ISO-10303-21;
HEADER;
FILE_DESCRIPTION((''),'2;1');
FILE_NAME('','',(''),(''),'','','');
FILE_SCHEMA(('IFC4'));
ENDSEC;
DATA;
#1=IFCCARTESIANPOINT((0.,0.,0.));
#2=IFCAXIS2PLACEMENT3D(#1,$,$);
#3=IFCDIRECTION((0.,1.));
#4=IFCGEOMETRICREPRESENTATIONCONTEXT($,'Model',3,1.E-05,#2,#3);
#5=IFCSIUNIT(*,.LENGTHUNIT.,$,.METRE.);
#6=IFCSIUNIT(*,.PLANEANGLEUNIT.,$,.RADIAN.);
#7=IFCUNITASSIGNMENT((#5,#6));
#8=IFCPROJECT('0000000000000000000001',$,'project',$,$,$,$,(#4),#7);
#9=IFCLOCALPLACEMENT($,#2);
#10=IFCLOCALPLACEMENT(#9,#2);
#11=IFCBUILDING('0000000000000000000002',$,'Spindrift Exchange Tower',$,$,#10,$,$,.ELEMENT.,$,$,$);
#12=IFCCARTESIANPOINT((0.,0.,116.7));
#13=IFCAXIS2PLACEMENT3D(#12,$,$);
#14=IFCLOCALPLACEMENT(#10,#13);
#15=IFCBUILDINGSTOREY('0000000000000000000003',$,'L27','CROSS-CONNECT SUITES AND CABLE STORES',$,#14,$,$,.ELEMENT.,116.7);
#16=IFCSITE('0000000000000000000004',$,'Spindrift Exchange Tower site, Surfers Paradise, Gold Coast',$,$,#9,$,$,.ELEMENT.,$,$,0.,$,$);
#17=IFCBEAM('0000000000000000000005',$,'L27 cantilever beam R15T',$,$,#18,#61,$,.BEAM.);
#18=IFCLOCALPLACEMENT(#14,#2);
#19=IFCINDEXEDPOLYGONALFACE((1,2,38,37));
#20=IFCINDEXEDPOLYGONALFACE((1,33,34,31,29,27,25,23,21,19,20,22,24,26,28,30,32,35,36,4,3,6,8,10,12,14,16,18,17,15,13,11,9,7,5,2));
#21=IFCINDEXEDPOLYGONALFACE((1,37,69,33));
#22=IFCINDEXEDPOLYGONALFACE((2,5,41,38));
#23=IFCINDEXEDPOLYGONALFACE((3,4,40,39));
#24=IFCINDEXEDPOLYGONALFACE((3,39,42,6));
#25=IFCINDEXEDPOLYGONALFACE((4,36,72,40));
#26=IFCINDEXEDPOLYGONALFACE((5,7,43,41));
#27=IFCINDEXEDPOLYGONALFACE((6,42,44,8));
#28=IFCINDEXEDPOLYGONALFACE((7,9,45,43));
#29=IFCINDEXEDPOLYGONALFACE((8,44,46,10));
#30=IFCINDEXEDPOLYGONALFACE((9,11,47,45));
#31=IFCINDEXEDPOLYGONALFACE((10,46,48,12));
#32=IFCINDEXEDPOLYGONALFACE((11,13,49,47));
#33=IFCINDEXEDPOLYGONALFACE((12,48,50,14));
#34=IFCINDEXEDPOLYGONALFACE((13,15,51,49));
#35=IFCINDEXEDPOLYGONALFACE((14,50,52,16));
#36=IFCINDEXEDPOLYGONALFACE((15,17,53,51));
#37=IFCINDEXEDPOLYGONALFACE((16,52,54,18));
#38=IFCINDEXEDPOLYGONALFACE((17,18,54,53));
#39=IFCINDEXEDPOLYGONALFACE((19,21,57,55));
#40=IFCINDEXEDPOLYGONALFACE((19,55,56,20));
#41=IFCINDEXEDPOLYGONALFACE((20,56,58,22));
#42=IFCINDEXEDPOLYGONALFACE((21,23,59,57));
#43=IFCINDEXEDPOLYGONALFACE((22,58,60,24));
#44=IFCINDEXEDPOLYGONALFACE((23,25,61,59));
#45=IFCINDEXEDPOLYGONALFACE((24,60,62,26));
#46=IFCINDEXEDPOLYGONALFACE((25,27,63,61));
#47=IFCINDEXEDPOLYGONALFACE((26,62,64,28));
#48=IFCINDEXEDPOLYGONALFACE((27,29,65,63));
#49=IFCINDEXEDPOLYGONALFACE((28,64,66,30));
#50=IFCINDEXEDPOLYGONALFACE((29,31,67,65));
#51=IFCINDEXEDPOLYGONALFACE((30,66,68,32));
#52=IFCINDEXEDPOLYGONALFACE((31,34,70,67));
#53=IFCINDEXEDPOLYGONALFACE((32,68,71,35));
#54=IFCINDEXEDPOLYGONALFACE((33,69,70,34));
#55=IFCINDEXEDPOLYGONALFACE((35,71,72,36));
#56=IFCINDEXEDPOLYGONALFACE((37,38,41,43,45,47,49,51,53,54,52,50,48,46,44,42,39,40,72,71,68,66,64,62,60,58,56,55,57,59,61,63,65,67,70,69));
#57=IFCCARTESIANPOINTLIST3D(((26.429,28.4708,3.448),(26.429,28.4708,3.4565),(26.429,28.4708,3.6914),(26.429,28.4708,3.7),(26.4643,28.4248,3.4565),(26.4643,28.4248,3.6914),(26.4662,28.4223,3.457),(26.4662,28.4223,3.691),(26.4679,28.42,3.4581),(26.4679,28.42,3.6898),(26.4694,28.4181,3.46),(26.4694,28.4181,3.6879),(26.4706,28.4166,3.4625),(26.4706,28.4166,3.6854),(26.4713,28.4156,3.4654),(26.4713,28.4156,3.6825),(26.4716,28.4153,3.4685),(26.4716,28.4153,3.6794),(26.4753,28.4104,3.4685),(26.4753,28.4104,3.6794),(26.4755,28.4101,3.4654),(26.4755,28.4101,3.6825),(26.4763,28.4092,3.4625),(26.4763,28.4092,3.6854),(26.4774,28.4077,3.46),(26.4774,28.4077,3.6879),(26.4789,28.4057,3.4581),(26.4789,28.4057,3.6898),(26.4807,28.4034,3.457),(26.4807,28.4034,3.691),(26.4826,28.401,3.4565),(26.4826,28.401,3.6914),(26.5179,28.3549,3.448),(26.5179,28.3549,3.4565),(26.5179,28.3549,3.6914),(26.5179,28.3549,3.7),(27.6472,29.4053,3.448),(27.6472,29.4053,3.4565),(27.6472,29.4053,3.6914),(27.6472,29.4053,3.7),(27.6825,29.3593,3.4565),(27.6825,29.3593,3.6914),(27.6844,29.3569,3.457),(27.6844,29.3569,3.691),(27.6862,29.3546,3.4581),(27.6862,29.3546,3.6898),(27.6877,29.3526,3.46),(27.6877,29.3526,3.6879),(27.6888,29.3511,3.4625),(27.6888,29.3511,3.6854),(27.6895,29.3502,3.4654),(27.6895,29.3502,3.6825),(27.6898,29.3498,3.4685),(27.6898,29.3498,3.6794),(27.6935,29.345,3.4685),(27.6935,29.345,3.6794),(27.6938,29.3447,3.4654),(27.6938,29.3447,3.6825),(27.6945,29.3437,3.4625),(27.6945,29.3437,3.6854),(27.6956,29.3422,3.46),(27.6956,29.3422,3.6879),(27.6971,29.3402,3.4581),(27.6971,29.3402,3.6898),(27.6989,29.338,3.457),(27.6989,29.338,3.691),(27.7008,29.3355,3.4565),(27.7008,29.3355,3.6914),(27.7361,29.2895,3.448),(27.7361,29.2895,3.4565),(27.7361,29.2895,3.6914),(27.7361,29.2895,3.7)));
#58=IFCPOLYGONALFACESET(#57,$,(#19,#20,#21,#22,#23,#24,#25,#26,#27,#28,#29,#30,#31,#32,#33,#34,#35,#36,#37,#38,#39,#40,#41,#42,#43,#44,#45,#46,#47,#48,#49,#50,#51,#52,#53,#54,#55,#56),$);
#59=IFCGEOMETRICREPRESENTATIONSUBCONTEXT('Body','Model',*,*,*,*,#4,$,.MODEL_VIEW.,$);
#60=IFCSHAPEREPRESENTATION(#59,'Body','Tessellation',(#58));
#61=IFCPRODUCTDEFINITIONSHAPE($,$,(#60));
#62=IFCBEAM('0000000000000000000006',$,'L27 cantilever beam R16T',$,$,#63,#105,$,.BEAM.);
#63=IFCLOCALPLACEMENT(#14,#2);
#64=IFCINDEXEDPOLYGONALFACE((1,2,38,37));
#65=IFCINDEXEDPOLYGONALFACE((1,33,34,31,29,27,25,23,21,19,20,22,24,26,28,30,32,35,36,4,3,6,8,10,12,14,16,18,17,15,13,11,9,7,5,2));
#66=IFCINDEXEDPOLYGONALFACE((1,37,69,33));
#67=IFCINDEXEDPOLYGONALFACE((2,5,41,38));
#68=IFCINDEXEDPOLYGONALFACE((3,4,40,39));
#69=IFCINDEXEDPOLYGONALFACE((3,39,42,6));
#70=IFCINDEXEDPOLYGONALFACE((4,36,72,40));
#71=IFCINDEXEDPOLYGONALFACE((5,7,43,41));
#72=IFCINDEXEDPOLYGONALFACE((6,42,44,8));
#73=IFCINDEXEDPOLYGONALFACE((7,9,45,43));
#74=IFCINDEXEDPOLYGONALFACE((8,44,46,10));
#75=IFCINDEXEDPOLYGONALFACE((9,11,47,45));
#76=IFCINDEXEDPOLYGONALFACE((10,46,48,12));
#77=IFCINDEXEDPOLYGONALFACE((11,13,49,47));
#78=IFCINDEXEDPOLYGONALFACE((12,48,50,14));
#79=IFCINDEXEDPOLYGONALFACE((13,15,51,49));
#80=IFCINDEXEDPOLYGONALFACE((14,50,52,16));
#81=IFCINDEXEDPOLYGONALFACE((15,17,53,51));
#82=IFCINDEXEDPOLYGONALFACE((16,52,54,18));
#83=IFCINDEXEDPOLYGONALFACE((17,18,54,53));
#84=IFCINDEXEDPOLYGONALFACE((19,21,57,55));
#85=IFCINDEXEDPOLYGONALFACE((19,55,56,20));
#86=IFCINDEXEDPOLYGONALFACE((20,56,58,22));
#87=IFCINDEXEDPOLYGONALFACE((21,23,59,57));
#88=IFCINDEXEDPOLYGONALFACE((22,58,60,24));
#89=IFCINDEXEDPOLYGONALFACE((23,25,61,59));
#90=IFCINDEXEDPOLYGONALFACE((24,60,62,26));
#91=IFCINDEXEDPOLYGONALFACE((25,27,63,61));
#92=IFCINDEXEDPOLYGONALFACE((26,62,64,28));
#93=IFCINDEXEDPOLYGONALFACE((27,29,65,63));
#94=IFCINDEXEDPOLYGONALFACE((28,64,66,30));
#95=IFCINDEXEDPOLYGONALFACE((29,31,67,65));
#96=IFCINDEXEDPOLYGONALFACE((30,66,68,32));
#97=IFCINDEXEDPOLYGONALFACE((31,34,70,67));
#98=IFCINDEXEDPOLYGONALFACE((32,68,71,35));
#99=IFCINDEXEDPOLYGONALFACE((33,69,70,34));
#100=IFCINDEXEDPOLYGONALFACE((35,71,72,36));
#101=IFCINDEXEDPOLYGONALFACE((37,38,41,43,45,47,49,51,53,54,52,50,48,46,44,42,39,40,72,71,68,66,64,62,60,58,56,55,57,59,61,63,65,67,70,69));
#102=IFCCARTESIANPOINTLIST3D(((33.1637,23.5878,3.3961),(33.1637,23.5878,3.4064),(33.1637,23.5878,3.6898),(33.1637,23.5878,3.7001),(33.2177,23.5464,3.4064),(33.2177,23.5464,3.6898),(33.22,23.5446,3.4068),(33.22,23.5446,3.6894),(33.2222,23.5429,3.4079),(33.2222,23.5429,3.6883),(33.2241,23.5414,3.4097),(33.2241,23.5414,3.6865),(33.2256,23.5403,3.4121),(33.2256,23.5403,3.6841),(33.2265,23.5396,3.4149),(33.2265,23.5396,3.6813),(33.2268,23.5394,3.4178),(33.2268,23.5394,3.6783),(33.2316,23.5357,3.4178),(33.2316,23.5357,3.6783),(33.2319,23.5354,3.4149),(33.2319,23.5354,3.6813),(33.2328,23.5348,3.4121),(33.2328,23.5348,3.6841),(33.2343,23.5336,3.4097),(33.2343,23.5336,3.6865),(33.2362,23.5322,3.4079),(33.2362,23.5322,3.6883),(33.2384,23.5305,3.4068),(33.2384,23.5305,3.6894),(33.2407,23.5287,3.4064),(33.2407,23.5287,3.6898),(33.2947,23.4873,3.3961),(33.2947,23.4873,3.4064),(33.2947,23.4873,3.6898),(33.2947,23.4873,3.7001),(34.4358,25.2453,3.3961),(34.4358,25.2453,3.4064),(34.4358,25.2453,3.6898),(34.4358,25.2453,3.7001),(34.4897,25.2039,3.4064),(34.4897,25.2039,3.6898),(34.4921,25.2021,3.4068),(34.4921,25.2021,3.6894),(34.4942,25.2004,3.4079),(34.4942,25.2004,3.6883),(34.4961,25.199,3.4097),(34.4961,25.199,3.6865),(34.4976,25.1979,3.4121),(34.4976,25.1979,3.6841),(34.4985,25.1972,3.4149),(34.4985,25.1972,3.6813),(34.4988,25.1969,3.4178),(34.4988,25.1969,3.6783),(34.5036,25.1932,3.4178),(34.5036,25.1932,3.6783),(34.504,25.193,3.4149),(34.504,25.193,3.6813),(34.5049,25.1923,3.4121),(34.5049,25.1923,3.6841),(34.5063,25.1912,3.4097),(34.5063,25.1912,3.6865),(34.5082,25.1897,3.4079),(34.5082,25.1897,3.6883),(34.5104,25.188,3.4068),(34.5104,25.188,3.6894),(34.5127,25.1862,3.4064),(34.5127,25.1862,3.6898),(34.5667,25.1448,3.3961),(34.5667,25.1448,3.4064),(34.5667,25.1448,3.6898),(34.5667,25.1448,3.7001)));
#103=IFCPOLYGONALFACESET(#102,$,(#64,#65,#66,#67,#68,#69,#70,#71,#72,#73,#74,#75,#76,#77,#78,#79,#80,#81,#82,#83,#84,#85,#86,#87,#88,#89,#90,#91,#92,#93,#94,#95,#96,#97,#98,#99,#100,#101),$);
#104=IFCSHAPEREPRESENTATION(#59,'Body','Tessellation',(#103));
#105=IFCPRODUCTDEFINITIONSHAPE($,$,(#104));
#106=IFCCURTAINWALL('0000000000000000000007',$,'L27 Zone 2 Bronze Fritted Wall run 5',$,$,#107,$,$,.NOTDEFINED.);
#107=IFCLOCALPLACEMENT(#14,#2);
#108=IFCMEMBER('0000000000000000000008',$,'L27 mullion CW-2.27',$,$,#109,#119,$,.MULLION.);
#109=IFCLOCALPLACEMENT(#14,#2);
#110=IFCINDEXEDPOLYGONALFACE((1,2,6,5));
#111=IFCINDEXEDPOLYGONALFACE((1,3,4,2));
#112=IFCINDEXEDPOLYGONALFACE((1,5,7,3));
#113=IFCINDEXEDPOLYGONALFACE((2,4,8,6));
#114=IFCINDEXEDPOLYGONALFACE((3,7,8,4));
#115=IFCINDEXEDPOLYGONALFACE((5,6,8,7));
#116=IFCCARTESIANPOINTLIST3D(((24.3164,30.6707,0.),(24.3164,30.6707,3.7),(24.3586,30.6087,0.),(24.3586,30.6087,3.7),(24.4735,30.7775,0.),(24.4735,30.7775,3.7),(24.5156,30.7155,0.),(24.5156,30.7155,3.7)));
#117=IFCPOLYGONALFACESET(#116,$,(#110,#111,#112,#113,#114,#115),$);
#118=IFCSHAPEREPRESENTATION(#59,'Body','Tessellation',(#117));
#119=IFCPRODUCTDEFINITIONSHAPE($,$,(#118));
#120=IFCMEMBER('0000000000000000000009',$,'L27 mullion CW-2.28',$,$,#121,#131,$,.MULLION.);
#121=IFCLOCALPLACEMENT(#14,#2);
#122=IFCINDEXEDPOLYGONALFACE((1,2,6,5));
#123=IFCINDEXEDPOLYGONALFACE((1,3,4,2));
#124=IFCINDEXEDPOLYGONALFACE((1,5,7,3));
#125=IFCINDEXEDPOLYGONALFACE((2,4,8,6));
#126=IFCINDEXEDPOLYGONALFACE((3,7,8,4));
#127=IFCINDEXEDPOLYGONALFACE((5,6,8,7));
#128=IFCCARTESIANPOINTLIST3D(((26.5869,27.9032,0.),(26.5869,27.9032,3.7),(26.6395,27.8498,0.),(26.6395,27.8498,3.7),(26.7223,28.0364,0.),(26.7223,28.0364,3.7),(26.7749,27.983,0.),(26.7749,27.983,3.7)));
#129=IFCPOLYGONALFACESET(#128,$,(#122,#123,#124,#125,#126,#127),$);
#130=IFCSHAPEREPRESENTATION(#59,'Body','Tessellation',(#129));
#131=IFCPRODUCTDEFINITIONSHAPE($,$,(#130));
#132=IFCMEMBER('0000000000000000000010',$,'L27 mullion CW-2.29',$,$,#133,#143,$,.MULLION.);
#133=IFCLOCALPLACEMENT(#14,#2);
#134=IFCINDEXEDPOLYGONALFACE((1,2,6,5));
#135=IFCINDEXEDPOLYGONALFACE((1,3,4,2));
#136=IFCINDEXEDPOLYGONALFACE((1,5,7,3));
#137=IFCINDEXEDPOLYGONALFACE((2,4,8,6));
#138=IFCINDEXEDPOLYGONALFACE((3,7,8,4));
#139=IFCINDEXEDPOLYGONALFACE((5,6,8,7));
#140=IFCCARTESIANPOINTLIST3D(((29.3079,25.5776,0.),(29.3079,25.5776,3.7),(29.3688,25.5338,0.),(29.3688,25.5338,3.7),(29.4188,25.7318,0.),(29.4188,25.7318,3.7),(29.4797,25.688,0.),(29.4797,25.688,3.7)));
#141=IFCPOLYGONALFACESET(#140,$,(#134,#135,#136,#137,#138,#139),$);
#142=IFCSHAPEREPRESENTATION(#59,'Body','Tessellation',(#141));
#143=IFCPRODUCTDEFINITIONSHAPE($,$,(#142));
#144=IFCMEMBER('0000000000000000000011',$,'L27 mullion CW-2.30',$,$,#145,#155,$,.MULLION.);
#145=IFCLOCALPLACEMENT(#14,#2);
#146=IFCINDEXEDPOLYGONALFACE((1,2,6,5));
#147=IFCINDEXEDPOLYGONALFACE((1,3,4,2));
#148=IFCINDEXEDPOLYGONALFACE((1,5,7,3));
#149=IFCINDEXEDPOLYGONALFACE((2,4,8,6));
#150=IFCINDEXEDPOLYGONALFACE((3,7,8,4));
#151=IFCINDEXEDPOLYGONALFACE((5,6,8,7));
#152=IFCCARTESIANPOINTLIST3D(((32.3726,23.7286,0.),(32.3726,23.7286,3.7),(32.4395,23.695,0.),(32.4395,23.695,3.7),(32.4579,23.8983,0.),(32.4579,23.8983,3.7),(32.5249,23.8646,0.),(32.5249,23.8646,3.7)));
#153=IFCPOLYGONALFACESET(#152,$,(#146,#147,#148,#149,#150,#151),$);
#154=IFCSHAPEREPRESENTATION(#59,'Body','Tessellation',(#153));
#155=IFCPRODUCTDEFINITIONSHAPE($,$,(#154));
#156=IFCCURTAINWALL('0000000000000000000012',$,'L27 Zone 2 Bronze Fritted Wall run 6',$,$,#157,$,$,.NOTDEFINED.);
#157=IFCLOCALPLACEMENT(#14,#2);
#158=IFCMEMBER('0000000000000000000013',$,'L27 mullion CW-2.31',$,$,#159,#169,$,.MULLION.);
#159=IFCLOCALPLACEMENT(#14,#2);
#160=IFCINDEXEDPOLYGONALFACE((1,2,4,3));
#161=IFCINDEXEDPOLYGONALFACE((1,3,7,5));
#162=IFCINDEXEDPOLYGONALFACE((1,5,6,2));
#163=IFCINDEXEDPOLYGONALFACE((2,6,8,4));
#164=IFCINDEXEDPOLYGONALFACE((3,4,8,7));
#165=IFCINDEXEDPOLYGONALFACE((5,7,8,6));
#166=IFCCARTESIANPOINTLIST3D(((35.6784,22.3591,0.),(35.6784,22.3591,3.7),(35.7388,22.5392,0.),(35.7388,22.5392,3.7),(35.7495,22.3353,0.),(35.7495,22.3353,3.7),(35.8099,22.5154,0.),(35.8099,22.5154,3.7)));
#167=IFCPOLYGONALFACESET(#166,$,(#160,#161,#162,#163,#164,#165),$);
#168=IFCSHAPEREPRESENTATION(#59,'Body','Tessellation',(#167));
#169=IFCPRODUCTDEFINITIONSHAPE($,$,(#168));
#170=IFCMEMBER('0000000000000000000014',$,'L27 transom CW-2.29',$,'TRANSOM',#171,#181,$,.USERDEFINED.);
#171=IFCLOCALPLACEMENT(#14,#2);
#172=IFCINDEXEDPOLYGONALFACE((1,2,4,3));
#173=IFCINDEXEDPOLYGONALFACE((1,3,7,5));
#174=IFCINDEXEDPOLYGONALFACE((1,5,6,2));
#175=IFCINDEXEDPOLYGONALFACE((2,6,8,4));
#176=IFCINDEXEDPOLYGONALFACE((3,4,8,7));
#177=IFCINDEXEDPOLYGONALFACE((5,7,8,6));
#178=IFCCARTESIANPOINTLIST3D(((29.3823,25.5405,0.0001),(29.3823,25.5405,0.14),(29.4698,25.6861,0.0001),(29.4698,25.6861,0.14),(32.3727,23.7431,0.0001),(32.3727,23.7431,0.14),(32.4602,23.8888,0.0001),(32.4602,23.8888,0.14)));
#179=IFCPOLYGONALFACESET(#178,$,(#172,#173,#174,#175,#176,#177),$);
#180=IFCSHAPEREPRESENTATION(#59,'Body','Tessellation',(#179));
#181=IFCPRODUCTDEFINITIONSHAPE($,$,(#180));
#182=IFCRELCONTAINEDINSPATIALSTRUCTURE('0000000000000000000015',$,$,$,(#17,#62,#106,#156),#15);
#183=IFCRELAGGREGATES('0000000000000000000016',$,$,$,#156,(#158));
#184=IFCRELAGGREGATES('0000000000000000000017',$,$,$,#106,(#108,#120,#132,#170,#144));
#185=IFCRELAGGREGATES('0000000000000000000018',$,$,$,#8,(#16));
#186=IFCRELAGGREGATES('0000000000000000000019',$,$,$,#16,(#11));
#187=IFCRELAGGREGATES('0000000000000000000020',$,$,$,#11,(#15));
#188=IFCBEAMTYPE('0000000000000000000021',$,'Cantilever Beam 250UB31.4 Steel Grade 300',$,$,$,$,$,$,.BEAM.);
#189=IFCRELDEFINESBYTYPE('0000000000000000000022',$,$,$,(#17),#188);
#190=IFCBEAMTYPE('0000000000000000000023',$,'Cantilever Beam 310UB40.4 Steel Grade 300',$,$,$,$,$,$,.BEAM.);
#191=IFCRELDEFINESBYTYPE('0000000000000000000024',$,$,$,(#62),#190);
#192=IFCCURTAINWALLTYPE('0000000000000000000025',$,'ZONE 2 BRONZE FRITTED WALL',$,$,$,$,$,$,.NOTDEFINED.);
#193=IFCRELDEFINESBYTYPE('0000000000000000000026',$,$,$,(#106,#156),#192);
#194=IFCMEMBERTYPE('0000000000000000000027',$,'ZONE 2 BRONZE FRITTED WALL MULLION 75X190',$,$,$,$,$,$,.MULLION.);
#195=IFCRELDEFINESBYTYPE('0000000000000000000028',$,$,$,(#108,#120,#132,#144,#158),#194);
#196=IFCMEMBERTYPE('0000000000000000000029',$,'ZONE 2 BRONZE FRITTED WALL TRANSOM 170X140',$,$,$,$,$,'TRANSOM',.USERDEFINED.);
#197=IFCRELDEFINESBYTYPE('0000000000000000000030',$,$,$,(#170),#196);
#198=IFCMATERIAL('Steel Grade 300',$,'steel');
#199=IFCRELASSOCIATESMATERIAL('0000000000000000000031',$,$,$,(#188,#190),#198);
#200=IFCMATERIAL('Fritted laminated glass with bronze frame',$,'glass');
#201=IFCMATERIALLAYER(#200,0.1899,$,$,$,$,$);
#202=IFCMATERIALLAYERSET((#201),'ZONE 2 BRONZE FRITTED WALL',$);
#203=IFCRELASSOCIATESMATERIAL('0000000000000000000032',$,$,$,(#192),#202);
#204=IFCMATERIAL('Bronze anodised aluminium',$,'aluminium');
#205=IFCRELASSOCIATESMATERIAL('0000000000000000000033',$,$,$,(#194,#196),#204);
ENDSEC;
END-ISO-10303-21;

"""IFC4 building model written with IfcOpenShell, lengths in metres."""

from ifc_helpers import new_model, si_unit, direction, frame, origin, origin_2d, place, context, subcontext, project, spatial, rectangle, i_section, extrude, source, transform, mapped, material, layer, layer_set, material_profile, profile_set, type_object, element, aggregate, save


model = new_model("IFC4")

# Units and contexts
model_context = context("Model", 3, precision=1e-05, world=origin(), true_north=direction((0.0, 1.0)))
body_context = subcontext(model_context, "Body", "Model", "MODEL_VIEW")
ifc_project = project(units=[si_unit("LENGTHUNIT", "METRE"), si_unit("PLANEANGLEUNIT", "RADIAN")], contexts=[model_context])

# Site, building, storey
site_placement = place(None, origin())
site = spatial("IfcSite", under=ifc_project, at=site_placement, Name="Spindrift Exchange Tower site, Surfers Paradise, Gold Coast", CompositionType="ELEMENT", RefElevation=0.0)
building_placement = place(site_placement, origin())
building = spatial("IfcBuilding", under=site, at=building_placement, Name="Spindrift Exchange Tower", CompositionType="ELEMENT")
storey_placement = place(building_placement, frame((0.0, 0.0, 116.7)))
storey = spatial("IfcBuildingStorey", under=building, at=storey_placement, Name="L27", Description="CROSS-CONNECT SUITES AND CABLE STORES", CompositionType="ELEMENT", Elevation=116.7)

# Beams
ifc_material_1 = material(Name="Steel Grade 300", Category="steel")
ifc_material_profile_1 = material_profile(ifc_material_1, i_section(OverallWidth=0.146, OverallDepth=0.252, WebThickness=0.0061, FlangeThickness=0.0085, FilletRadius=0.012, at=origin_2d()), Name="250UB31.4")
ifc_profile_set_1 = profile_set([ifc_material_profile_1], Name="Steel Grade 300")
beam_type_1 = type_object("IfcBeamType", Name="Cantilever Beam 250UB31.4 Steel Grade 300", PredefinedType="BEAM", material=ifc_profile_set_1)
shared_shape_1 = source(origin(), body_context, "Body", "SweptSolid", [
    extrude(i_section(OverallWidth=0.146, OverallDepth=0.252, WebThickness=0.0061, FlangeThickness=0.0085, FilletRadius=0.012, at=origin_2d()), origin(), (0.0, 0.0, 1.0), 1.5354),
])
beam_1_placement = place(storey_placement, frame((27.6917, 29.3474, 3.574), z_axis=(-0.793427, -0.608665, 0.0), x_axis=(0.608665, -0.793427, 0.0)))
element("IfcBeam", 1, at=beam_1_placement, inside=storey, type_object=beam_type_1, Name="L27 cantilever beam R15T", PredefinedType="BEAM", context=body_context, shape_type="MappedRepresentation", body=[
    mapped(shared_shape_1, transform((0.0, 0.0, 0.0), scale=1.0)),
])
ifc_material_profile_2 = material_profile(ifc_material_1, i_section(OverallWidth=0.165, OverallDepth=0.304, WebThickness=0.0061, FlangeThickness=0.0103, FilletRadius=0.0115, at=origin_2d()), Name="310UB40.4")
ifc_profile_set_2 = profile_set([ifc_material_profile_2], Name="Steel Grade 300")
beam_type_2 = type_object("IfcBeamType", Name="Cantilever Beam 310UB40.4 Steel Grade 300", PredefinedType="BEAM", material=ifc_profile_set_2)
shared_shape_2 = source(origin(), body_context, "Body", "SweptSolid", [
    extrude(i_section(OverallWidth=0.165, OverallDepth=0.304, WebThickness=0.0061, FlangeThickness=0.0103, FilletRadius=0.0115, at=origin_2d()), origin(), (0.0, 0.0, 1.0), 2.0894),
])
beam_2_placement = place(storey_placement, frame((34.5012, 25.1951, 3.5481), z_axis=(-0.608807, -0.793319, 0.0), x_axis=(0.793319, -0.608807, 0.0)))
element("IfcBeam", 2, at=beam_2_placement, inside=storey, type_object=beam_type_2, Name="L27 cantilever beam R16T", PredefinedType="BEAM", context=body_context, shape_type="MappedRepresentation", body=[
    mapped(shared_shape_2, transform((0.0, 0.0, 0.0), scale=1.0)),
])

# Curtain wall, members
ifc_material_2 = material(Name="Fritted laminated glass with bronze frame", Category="glass")
ifc_layer_1 = layer(ifc_material_2, 0.1899)
ifc_layer_set_1 = layer_set([ifc_layer_1], Name="ZONE 2 BRONZE FRITTED WALL")
curtain_wall_type = type_object("IfcCurtainWallType", Name="ZONE 2 BRONZE FRITTED WALL", PredefinedType="NOTDEFINED", material=ifc_layer_set_1)
curtain_wall_1_placement = place(storey_placement, origin())
curtain_wall_1 = element("IfcCurtainWall", 3, at=curtain_wall_1_placement, inside=storey, type_object=curtain_wall_type, Name="L27 Zone 2 Bronze Fritted Wall run 5", PredefinedType="NOTDEFINED")
ifc_material_3 = material(Name="Bronze anodised aluminium", Category="aluminium")
ifc_material_profile_3 = material_profile(ifc_material_3, rectangle(XDim=0.075, YDim=0.1899, at=origin_2d()), Name="ZONE 2 BRONZE FRITTED WALL MULLION 75X190")
ifc_profile_set_3 = profile_set([ifc_material_profile_3], Name="Bronze anodised aluminium")
member_type_1 = type_object("IfcMemberType", Name="ZONE 2 BRONZE FRITTED WALL MULLION 75X190", PredefinedType="MULLION", material=ifc_profile_set_3)
shared_shape_3 = source(origin(), body_context, "Body", "SweptSolid", [
    extrude(rectangle(XDim=0.075, YDim=0.1899, at=origin_2d()), origin(), (0.0, 0.0, 1.0), 3.7),
])
member_1_placement = place(storey_placement, frame((24.416, 30.6931, 0.0), z_axis=(0.0, 0.0, 1.0), x_axis=(0.562408, -0.82686, 0.0)))
member_1 = element("IfcMember", 4, at=member_1_placement, type_object=member_type_1, Name="L27 mullion CW-2.27", PredefinedType="MULLION", context=body_context, shape_type="MappedRepresentation", body=[
    mapped(shared_shape_3, transform((0.0, 0.0, 0.0), scale=1.0)),
])
member_2_placement = place(storey_placement, frame((26.6809, 27.9431, 0.0), z_axis=(0.0, 0.0, 1.0), x_axis=(0.701267, -0.712899, 0.0)))
member_2 = element("IfcMember", 5, at=member_2_placement, type_object=member_type_1, Name="L27 mullion CW-2.28", PredefinedType="MULLION", context=body_context, shape_type="MappedRepresentation", body=[
    mapped(shared_shape_3, transform((0.0, 0.0, 0.0), scale=1.0)),
])
member_3_placement = place(storey_placement, frame((29.3938, 25.6328, 0.0), z_axis=(0.0, 0.0, 1.0), x_axis=(0.811953, -0.583723, 0.0)))
member_3 = element("IfcMember", 6, at=member_3_placement, type_object=member_type_1, Name="L27 mullion CW-2.29", PredefinedType="MULLION", context=body_context, shape_type="MappedRepresentation", body=[
    mapped(shared_shape_3, transform((0.0, 0.0, 0.0), scale=1.0)),
])
member_4_placement = place(storey_placement, frame((32.4487, 23.7966, 0.0), z_axis=(0.0, 0.0, 1.0), x_axis=(0.893279, -0.449503, 0.0)))
member_4 = element("IfcMember", 7, at=member_4_placement, type_object=member_type_1, Name="L27 mullion CW-2.30", PredefinedType="MULLION", context=body_context, shape_type="MappedRepresentation", body=[
    mapped(shared_shape_3, transform((0.0, 0.0, 0.0), scale=1.0)),
])

# Curtain wall, member
curtain_wall_2_placement = place(storey_placement, origin())
curtain_wall_2 = element("IfcCurtainWall", 8, at=curtain_wall_2_placement, inside=storey, type_object=curtain_wall_type, Name="L27 Zone 2 Bronze Fritted Wall run 6", PredefinedType="NOTDEFINED")
member_5_placement = place(storey_placement, frame((35.7441, 22.4373, 0.0), z_axis=(0.0, 0.0, 1.0), x_axis=(0.948152, -0.317817, 0.0)))
member_5 = element("IfcMember", 9, at=member_5_placement, type_object=member_type_1, Name="L27 mullion CW-2.31", PredefinedType="MULLION", context=body_context, shape_type="MappedRepresentation", body=[
    mapped(shared_shape_3, transform((0.0, 0.0, 0.0), scale=1.0)),
])

# Member
ifc_material_profile_4 = material_profile(ifc_material_3, rectangle(XDim=0.1699, YDim=0.1399, at=origin_2d()), Name="ZONE 2 BRONZE FRITTED WALL TRANSOM 170X140")
ifc_profile_set_4 = profile_set([ifc_material_profile_4], Name="Bronze anodised aluminium")
member_type_2 = type_object("IfcMemberType", Name="ZONE 2 BRONZE FRITTED WALL TRANSOM 170X140", ElementType="TRANSOM", PredefinedType="USERDEFINED", material=ifc_profile_set_4)
shared_shape_4 = source(origin(), body_context, "Body", "SweptSolid", [
    extrude(rectangle(XDim=0.1699, YDim=0.1399, at=origin_2d()), origin(), (0.0, 0.0, 1.0), 3.489),
])
member_6_placement = place(storey_placement, frame((29.426, 25.6133, 0.0701), z_axis=(0.857104, -0.515144, 0.0), x_axis=(0.515144, 0.857104, 0.0)))
member_6 = element("IfcMember", 10, at=member_6_placement, type_object=member_type_2, Name="L27 transom CW-2.29", ObjectType="TRANSOM", PredefinedType="USERDEFINED", context=body_context, shape_type="MappedRepresentation", body=[
    mapped(shared_shape_4, transform((0.0, 0.0, 0.0), scale=1.0)),
])

aggregate(curtain_wall_2, [member_5])
aggregate(curtain_wall_1, [member_1, member_2, member_3, member_6, member_4])

save(model, "model.ifc")
